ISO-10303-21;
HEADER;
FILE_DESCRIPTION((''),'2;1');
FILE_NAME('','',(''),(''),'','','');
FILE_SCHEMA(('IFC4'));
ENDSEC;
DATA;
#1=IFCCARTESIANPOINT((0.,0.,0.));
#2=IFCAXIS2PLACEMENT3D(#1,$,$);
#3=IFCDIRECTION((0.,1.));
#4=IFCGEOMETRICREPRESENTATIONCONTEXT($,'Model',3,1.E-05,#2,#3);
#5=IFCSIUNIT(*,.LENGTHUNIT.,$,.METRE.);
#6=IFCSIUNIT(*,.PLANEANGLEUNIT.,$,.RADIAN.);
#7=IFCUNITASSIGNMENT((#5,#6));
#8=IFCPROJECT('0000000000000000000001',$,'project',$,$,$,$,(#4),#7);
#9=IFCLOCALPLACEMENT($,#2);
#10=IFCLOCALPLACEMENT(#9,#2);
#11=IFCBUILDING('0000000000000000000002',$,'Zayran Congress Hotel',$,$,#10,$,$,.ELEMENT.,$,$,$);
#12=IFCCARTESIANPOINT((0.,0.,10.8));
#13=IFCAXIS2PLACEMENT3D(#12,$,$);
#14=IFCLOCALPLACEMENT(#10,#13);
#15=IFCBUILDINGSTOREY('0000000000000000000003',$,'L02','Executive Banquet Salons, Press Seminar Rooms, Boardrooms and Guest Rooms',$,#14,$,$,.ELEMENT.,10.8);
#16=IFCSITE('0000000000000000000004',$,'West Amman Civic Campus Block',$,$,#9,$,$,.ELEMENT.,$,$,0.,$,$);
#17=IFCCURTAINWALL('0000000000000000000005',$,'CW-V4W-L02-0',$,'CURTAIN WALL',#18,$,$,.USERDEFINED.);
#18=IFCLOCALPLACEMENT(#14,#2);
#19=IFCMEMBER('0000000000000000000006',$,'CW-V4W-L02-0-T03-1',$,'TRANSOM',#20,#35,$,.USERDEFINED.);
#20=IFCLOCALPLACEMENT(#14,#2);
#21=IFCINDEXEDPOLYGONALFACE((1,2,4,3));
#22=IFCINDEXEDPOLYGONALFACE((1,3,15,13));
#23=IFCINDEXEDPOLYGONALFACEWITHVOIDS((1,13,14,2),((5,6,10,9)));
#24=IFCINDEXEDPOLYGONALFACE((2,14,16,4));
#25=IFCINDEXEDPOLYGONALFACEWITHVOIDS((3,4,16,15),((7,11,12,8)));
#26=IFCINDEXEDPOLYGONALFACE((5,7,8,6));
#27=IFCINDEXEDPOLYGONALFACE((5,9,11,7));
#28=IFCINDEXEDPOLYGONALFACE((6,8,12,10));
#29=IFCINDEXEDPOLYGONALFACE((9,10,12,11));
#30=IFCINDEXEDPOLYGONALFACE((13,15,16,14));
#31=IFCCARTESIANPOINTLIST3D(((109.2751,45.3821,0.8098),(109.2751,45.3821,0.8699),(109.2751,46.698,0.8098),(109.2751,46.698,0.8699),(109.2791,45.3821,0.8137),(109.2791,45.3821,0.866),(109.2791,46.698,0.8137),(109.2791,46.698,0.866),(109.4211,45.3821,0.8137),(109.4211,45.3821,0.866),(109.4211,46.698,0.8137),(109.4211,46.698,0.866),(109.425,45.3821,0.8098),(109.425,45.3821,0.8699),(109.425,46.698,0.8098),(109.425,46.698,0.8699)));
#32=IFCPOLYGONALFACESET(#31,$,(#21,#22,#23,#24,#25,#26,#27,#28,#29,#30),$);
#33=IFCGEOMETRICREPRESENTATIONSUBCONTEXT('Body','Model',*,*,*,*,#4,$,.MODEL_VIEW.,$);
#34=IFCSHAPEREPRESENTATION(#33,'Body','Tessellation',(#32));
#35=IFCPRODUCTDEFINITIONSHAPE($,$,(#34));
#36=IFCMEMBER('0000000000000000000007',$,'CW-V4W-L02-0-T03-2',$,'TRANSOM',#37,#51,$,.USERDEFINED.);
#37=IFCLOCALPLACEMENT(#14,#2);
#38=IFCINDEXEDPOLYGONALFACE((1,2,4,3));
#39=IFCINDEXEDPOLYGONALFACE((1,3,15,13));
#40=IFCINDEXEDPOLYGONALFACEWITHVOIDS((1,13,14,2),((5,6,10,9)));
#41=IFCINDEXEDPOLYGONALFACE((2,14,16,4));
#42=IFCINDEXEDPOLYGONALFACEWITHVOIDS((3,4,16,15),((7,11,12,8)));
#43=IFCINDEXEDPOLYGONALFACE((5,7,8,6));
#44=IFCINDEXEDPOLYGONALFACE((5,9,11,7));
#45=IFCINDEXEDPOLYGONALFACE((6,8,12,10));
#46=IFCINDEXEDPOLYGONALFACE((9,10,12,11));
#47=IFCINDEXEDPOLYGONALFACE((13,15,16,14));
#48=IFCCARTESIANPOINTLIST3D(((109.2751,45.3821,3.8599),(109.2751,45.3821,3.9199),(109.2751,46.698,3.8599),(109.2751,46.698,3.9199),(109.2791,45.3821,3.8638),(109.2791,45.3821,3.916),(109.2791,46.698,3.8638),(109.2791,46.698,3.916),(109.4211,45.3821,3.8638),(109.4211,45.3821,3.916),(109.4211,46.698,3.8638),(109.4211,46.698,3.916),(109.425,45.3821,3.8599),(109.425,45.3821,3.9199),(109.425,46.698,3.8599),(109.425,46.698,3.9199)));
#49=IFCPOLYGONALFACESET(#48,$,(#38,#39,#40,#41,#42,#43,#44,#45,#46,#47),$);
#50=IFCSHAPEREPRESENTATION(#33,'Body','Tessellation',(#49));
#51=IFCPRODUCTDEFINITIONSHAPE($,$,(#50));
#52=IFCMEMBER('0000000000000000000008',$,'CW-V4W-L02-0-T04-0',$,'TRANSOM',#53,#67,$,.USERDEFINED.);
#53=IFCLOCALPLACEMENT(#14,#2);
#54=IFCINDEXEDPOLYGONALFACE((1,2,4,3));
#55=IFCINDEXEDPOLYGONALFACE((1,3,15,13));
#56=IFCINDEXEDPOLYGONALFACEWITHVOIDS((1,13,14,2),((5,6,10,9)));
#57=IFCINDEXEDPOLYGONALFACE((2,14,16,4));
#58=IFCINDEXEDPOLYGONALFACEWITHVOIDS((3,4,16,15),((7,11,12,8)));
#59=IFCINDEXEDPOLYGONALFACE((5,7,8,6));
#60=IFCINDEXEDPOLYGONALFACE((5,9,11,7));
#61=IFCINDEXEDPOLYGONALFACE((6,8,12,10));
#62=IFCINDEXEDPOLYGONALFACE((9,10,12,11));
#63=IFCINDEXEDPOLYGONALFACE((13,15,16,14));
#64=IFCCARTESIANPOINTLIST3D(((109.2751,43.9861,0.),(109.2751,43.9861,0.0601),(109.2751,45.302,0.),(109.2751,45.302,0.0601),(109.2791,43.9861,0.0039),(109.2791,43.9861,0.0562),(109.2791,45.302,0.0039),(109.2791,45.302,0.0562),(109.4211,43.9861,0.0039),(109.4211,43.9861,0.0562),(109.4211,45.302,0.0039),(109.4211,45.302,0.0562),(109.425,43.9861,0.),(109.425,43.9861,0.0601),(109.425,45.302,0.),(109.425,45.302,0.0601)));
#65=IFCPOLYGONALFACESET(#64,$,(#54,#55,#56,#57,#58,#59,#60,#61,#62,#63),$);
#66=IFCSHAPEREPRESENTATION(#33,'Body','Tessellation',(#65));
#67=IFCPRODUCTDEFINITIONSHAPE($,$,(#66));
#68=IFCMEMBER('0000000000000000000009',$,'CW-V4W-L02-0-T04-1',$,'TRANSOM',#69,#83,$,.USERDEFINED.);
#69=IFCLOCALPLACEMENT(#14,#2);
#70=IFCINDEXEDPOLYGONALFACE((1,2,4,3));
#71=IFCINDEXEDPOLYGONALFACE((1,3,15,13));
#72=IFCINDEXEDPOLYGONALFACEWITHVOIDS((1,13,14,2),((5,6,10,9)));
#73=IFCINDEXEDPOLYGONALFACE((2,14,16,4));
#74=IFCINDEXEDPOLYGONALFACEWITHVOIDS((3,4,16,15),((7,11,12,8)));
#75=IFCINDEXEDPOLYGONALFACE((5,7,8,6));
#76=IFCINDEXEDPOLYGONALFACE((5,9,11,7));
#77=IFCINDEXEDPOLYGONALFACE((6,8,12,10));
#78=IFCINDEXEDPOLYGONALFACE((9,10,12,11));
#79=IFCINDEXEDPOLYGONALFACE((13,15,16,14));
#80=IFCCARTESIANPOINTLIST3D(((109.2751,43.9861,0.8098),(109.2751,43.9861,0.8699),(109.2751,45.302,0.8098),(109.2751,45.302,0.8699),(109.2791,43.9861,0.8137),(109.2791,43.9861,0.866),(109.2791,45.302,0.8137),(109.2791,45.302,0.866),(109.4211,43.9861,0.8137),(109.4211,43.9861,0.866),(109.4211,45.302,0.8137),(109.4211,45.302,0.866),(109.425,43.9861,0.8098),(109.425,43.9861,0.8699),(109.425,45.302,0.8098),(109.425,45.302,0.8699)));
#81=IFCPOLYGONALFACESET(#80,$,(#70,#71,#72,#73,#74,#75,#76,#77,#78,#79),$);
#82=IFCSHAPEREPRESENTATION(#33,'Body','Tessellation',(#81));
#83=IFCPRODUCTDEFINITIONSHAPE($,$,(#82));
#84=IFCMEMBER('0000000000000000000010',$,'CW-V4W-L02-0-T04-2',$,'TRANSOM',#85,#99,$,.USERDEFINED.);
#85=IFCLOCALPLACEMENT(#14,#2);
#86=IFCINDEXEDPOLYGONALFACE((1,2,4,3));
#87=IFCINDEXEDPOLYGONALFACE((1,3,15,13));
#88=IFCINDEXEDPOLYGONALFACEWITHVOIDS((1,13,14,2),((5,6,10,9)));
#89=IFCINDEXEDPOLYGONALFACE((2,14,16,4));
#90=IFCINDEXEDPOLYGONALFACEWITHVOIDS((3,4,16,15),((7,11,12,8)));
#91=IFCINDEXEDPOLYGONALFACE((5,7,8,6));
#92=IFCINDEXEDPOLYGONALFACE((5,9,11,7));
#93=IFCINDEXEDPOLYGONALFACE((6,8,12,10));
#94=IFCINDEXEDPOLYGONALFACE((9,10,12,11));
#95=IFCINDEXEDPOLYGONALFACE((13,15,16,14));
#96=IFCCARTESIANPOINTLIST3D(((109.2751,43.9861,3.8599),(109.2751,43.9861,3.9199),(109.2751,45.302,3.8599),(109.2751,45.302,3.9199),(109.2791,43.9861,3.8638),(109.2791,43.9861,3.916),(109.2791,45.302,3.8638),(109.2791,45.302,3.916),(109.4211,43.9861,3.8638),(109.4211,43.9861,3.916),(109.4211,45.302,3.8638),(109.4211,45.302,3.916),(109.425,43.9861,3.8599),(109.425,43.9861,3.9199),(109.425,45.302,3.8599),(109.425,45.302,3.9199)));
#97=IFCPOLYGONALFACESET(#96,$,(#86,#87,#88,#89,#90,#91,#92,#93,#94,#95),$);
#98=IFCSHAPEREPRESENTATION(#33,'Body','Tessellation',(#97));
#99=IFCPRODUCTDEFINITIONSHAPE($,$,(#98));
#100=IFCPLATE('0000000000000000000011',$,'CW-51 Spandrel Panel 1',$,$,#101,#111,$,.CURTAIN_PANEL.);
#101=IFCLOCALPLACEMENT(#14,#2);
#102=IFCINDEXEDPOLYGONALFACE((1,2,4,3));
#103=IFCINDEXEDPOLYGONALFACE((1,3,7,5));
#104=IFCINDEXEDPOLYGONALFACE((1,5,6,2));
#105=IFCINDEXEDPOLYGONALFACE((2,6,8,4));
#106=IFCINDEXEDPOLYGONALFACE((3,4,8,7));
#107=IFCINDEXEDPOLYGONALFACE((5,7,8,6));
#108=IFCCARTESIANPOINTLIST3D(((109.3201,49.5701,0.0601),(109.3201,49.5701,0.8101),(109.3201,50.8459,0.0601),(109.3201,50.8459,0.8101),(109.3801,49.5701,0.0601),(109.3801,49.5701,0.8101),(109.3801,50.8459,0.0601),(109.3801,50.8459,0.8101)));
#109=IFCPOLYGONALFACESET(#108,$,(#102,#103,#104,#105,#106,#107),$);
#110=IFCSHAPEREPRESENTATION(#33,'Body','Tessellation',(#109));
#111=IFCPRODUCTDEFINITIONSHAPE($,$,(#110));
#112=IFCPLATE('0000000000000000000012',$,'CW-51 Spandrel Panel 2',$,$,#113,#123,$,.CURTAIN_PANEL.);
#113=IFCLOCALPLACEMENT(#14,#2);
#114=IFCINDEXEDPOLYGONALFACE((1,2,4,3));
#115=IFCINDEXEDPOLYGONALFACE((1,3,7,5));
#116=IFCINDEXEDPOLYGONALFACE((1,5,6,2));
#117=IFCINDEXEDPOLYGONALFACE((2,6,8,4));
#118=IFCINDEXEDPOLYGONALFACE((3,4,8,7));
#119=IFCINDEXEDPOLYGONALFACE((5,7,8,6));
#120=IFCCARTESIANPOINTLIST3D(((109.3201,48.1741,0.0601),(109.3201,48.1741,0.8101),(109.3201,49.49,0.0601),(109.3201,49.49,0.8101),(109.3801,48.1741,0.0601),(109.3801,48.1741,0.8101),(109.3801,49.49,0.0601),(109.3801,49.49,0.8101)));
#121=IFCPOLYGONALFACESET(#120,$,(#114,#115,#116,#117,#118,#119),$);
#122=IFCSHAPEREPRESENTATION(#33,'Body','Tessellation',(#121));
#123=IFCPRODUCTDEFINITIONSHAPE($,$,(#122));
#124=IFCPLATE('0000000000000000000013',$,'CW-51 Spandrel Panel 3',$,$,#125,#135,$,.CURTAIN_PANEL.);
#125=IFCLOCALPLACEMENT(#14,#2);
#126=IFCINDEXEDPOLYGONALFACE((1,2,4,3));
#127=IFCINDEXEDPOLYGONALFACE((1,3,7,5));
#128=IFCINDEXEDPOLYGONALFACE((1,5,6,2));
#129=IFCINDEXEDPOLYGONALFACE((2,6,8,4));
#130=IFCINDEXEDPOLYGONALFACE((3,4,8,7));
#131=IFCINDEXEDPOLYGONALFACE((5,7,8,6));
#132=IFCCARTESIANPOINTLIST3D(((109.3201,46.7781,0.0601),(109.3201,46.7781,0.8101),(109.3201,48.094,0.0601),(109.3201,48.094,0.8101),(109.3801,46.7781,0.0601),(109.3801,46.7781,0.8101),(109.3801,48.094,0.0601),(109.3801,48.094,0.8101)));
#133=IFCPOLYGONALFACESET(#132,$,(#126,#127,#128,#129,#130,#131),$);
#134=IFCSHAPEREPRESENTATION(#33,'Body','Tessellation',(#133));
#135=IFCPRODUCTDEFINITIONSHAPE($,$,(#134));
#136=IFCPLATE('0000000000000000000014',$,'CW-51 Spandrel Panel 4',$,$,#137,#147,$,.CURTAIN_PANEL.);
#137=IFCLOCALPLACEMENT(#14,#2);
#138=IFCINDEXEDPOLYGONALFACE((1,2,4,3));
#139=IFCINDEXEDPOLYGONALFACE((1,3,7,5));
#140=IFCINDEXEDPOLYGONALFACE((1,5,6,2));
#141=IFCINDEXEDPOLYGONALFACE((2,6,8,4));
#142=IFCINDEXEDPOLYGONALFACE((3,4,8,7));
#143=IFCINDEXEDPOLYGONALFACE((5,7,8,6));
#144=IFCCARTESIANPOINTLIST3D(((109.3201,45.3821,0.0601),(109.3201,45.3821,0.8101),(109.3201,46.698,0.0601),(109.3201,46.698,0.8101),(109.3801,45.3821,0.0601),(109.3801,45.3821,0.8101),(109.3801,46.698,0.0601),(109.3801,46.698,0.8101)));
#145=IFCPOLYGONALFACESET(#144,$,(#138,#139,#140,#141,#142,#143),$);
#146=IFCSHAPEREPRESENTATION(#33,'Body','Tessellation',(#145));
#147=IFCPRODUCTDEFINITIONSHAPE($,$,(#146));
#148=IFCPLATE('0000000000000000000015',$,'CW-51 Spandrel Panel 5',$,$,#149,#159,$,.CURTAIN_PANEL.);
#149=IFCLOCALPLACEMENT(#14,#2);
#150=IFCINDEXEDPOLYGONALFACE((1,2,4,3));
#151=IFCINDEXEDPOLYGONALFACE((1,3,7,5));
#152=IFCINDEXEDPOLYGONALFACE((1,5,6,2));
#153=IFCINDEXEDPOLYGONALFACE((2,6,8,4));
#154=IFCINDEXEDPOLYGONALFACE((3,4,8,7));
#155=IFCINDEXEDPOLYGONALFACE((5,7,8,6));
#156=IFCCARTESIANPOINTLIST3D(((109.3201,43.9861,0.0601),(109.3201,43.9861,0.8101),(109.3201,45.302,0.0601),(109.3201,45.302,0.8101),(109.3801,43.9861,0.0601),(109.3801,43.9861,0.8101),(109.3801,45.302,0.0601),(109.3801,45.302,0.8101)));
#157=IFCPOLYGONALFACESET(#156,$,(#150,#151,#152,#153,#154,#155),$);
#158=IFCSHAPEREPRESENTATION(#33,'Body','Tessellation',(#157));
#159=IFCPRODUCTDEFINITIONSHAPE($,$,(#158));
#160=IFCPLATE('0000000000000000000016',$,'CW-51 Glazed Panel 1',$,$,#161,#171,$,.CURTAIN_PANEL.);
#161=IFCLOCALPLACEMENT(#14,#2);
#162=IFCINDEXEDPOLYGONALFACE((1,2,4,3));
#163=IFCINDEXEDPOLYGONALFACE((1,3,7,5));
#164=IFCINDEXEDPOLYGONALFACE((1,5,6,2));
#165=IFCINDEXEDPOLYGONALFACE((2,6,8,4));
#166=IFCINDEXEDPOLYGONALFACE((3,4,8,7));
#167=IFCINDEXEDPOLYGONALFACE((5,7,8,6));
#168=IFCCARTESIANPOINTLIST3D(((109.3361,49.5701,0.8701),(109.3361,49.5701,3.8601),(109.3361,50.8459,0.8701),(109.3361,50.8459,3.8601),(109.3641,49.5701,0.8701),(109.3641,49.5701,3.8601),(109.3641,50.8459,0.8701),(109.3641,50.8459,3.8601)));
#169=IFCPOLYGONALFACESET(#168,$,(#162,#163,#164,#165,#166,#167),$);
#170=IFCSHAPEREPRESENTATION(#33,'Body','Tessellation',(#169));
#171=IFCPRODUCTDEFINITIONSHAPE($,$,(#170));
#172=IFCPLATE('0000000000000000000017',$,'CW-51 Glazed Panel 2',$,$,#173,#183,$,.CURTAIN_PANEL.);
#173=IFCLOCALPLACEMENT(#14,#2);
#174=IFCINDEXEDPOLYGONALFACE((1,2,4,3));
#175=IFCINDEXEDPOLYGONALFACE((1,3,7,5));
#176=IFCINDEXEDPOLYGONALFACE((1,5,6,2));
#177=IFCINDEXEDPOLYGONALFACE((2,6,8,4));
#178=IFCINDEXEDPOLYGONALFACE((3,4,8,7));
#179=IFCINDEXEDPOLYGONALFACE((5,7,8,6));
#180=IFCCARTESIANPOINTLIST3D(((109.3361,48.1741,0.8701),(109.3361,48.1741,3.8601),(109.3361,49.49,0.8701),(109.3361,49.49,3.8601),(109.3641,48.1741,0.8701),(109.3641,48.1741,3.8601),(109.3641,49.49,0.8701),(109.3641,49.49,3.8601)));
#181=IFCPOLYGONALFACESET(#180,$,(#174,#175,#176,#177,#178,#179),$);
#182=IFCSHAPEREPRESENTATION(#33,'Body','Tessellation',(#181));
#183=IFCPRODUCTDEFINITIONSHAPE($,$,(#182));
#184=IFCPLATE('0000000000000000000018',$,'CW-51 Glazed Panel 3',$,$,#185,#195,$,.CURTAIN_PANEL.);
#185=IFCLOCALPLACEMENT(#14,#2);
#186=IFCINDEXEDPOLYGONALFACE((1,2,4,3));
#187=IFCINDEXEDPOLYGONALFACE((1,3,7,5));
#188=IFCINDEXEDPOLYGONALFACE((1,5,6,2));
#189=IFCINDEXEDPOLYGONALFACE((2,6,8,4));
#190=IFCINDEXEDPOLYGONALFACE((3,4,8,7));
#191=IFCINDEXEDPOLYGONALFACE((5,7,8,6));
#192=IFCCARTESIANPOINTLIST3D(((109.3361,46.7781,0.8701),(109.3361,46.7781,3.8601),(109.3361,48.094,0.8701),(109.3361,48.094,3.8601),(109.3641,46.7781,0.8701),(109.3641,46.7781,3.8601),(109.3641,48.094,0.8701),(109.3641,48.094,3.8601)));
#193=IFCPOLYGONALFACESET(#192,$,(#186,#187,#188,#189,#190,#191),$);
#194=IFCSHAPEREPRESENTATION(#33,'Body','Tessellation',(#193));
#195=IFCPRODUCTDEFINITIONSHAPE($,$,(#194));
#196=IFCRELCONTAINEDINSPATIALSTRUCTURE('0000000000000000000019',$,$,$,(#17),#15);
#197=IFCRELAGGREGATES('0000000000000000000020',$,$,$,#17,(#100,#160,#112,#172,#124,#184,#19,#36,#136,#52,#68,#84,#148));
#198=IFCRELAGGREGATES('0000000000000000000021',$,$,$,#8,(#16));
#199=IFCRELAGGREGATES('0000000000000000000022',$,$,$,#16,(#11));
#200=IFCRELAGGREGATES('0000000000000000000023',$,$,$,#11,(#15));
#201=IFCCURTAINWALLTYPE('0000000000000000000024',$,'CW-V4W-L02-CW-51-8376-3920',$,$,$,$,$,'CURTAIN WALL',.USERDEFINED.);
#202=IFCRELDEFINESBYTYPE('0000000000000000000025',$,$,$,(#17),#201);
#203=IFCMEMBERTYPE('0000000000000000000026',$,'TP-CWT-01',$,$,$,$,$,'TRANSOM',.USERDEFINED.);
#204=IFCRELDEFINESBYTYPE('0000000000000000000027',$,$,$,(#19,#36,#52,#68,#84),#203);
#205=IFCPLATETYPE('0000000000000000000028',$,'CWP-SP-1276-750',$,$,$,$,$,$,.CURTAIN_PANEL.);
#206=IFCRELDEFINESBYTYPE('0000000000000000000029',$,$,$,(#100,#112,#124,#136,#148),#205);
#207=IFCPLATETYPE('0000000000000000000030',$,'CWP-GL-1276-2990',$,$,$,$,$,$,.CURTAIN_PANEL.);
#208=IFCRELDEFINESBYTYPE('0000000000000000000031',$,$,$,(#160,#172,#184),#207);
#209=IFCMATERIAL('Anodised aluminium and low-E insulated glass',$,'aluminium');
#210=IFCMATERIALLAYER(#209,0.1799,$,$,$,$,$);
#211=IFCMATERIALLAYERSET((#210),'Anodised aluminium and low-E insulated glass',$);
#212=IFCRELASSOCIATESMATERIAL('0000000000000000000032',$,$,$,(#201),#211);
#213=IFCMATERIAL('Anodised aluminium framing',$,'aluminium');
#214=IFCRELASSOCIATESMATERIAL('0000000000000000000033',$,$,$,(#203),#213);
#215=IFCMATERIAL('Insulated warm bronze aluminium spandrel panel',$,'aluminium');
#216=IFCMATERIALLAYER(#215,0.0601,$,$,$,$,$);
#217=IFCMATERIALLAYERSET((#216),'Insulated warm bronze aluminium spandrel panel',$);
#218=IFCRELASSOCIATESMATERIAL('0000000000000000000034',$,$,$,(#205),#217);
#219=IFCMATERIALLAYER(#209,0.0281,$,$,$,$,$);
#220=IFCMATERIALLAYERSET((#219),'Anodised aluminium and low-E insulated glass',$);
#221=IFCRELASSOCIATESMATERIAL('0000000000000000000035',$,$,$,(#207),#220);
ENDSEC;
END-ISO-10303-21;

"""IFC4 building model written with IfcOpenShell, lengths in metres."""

from ifc_helpers import new_model, si_unit, direction, frame, origin, origin_2d, place, context, subcontext, project, spatial, rectangle, hollow_rectangle, extrude, material, layer, layer_set, material_profile, profile_set, type_object, element, aggregate, save


model = new_model("IFC4")

# Units and contexts
model_context = context("Model", 3, precision=1e-05, world=origin(), true_north=direction((0.0, 1.0)))
body_context = subcontext(model_context, "Body", "Model", "MODEL_VIEW")
ifc_project = project(units=[si_unit("LENGTHUNIT", "METRE"), si_unit("PLANEANGLEUNIT", "RADIAN")], contexts=[model_context])

# Site, building, storey
site_placement = place(None, origin())
site = spatial("IfcSite", under=ifc_project, at=site_placement, Name="West Amman Civic Campus Block", CompositionType="ELEMENT", RefElevation=0.0)
building_placement = place(site_placement, origin())
building = spatial("IfcBuilding", under=site, at=building_placement, Name="Zayran Congress Hotel", CompositionType="ELEMENT")
storey_placement = place(building_placement, frame((0.0, 0.0, 10.8)))
storey = spatial("IfcBuildingStorey", under=building, at=storey_placement, Name="L02", Description="Executive Banquet Salons, Press Seminar Rooms, Boardrooms and Guest Rooms", CompositionType="ELEMENT", Elevation=10.8)

# Curtain wall, members, plates
ifc_material_1 = material(Name="Anodised aluminium and low-E insulated glass", Category="aluminium")
ifc_layer_1 = layer(ifc_material_1, 0.1799)
ifc_layer_set_1 = layer_set([ifc_layer_1], Name="Anodised aluminium and low-E insulated glass")
curtain_wall_type = type_object("IfcCurtainWallType", Name="CW-V4W-L02-CW-51-8376-3920", ElementType="CURTAIN WALL", PredefinedType="USERDEFINED", material=ifc_layer_set_1)
curtain_wall_placement = place(storey_placement, origin())
curtain_wall = element("IfcCurtainWall", 1, at=curtain_wall_placement, inside=storey, type_object=curtain_wall_type, Name="CW-V4W-L02-0", ObjectType="CURTAIN WALL", PredefinedType="USERDEFINED")
ifc_material_2 = material(Name="Anodised aluminium framing", Category="aluminium")
ifc_material_profile_1 = material_profile(ifc_material_2, hollow_rectangle(XDim=0.0601, YDim=0.1499, WallThickness=0.0039, at=origin_2d()), Name="RHS 150x60x4")
ifc_profile_set_1 = profile_set([ifc_material_profile_1], Name="Anodised aluminium framing")
member_type_1 = type_object("IfcMemberType", Name="TP-CWT-01", ElementType="TRANSOM", PredefinedType="USERDEFINED", material=ifc_profile_set_1)
member_1_placement = place(storey_placement, frame((109.3501, 46.698, 0.8398), z_axis=(0.0, -1.0, 0.0), x_axis=(0.0, 0.0, 1.0)))
member_1 = element("IfcMember", 2, at=member_1_placement, type_object=member_type_1, Name="CW-V4W-L02-0-T03-1", ObjectType="TRANSOM", PredefinedType="USERDEFINED", context=body_context, shape_type="SweptSolid", body=[
    extrude(hollow_rectangle(XDim=0.0601, YDim=0.1499, WallThickness=0.0039, at=origin_2d()), origin(), (0.0, 0.0, 1.0), 1.3159),
])
member_2_placement = place(storey_placement, frame((109.3501, 46.698, 3.8899), z_axis=(0.0, -1.0, 0.0), x_axis=(0.0, 0.0, 1.0)))
member_2 = element("IfcMember", 3, at=member_2_placement, type_object=member_type_1, Name="CW-V4W-L02-0-T03-2", ObjectType="TRANSOM", PredefinedType="USERDEFINED", context=body_context, shape_type="SweptSolid", body=[
    extrude(hollow_rectangle(XDim=0.0601, YDim=0.1499, WallThickness=0.0039, at=origin_2d()), origin(), (0.0, 0.0, 1.0), 1.3159),
])
member_3_placement = place(storey_placement, frame((109.3501, 45.302, 0.03), z_axis=(0.0, -1.0, 0.0), x_axis=(0.0, 0.0, 1.0)))
member_3 = element("IfcMember", 4, at=member_3_placement, type_object=member_type_1, Name="CW-V4W-L02-0-T04-0", ObjectType="TRANSOM", PredefinedType="USERDEFINED", context=body_context, shape_type="SweptSolid", body=[
    extrude(hollow_rectangle(XDim=0.0601, YDim=0.1499, WallThickness=0.0039, at=origin_2d()), origin(), (0.0, 0.0, 1.0), 1.3159),
])
member_4_placement = place(storey_placement, frame((109.3501, 45.302, 0.8398), z_axis=(0.0, -1.0, 0.0), x_axis=(0.0, 0.0, 1.0)))
member_4 = element("IfcMember", 5, at=member_4_placement, type_object=member_type_1, Name="CW-V4W-L02-0-T04-1", ObjectType="TRANSOM", PredefinedType="USERDEFINED", context=body_context, shape_type="SweptSolid", body=[
    extrude(hollow_rectangle(XDim=0.0601, YDim=0.1499, WallThickness=0.0039, at=origin_2d()), origin(), (0.0, 0.0, 1.0), 1.3159),
])
member_5_placement = place(storey_placement, frame((109.3501, 45.302, 3.8899), z_axis=(0.0, -1.0, 0.0), x_axis=(0.0, 0.0, 1.0)))
member_5 = element("IfcMember", 6, at=member_5_placement, type_object=member_type_1, Name="CW-V4W-L02-0-T04-2", ObjectType="TRANSOM", PredefinedType="USERDEFINED", context=body_context, shape_type="SweptSolid", body=[
    extrude(hollow_rectangle(XDim=0.0601, YDim=0.1499, WallThickness=0.0039, at=origin_2d()), origin(), (0.0, 0.0, 1.0), 1.3159),
])
ifc_material_3 = material(Name="Insulated warm bronze aluminium spandrel panel", Category="aluminium")
ifc_layer_2 = layer(ifc_material_3, 0.0601)
ifc_layer_set_2 = layer_set([ifc_layer_2], Name="Insulated warm bronze aluminium spandrel panel")
plate_type_1 = type_object("IfcPlateType", Name="CWP-SP-1276-750", PredefinedType="CURTAIN_PANEL", material=ifc_layer_set_2)
plate_1_placement = place(storey_placement, frame((109.3501, 50.208, 0.0601), z_axis=(0.0, 0.0, 1.0), x_axis=(0.0, 1.0, 0.0)))
plate_1 = element("IfcPlate", 7, at=plate_1_placement, type_object=plate_type_1, Name="CW-51 Spandrel Panel 1", PredefinedType="CURTAIN_PANEL", context=body_context, shape_type="SweptSolid", body=[
    extrude(rectangle(XDim=1.2759, YDim=0.0601, at=origin_2d()), origin(), (0.0, 0.0, 1.0), 0.75),
])
plate_2_placement = place(storey_placement, frame((109.3501, 48.832, 0.0601), z_axis=(0.0, 0.0, 1.0), x_axis=(0.0, 1.0, 0.0)))
plate_2 = element("IfcPlate", 8, at=plate_2_placement, type_object=plate_type_1, Name="CW-51 Spandrel Panel 2", PredefinedType="CURTAIN_PANEL", context=body_context, shape_type="SweptSolid", body=[
    extrude(rectangle(XDim=1.3159, YDim=0.0601, at=origin_2d()), origin(), (0.0, 0.0, 1.0), 0.75),
])
plate_3_placement = place(storey_placement, frame((109.3501, 47.436, 0.0601), z_axis=(0.0, 0.0, 1.0), x_axis=(0.0, 1.0, 0.0)))
plate_3 = element("IfcPlate", 9, at=plate_3_placement, type_object=plate_type_1, Name="CW-51 Spandrel Panel 3", PredefinedType="CURTAIN_PANEL", context=body_context, shape_type="SweptSolid", body=[
    extrude(rectangle(XDim=1.3159, YDim=0.0601, at=origin_2d()), origin(), (0.0, 0.0, 1.0), 0.75),
])
plate_4_placement = place(storey_placement, frame((109.3501, 46.04, 0.0601), z_axis=(0.0, 0.0, 1.0), x_axis=(0.0, 1.0, 0.0)))
plate_4 = element("IfcPlate", 10, at=plate_4_placement, type_object=plate_type_1, Name="CW-51 Spandrel Panel 4", PredefinedType="CURTAIN_PANEL", context=body_context, shape_type="SweptSolid", body=[
    extrude(rectangle(XDim=1.3159, YDim=0.0601, at=origin_2d()), origin(), (0.0, 0.0, 1.0), 0.75),
])
plate_5_placement = place(storey_placement, frame((109.3501, 44.644, 0.0601), z_axis=(0.0, 0.0, 1.0), x_axis=(0.0, 1.0, 0.0)))
plate_5 = element("IfcPlate", 11, at=plate_5_placement, type_object=plate_type_1, Name="CW-51 Spandrel Panel 5", PredefinedType="CURTAIN_PANEL", context=body_context, shape_type="SweptSolid", body=[
    extrude(rectangle(XDim=1.3159, YDim=0.0601, at=origin_2d()), origin(), (0.0, 0.0, 1.0), 0.75),
])
ifc_layer_3 = layer(ifc_material_1, 0.0281)
ifc_layer_set_3 = layer_set([ifc_layer_3], Name="Anodised aluminium and low-E insulated glass")
plate_type_2 = type_object("IfcPlateType", Name="CWP-GL-1276-2990", PredefinedType="CURTAIN_PANEL", material=ifc_layer_set_3)
plate_6_placement = place(storey_placement, frame((109.3501, 50.208, 0.8701), z_axis=(0.0, 0.0, 1.0), x_axis=(0.0, 1.0, 0.0)))
plate_6 = element("IfcPlate", 12, at=plate_6_placement, type_object=plate_type_2, Name="CW-51 Glazed Panel 1", PredefinedType="CURTAIN_PANEL", context=body_context, shape_type="SweptSolid", body=[
    extrude(rectangle(XDim=1.2759, YDim=0.0281, at=origin_2d()), origin(), (0.0, 0.0, 1.0), 2.99),
])
plate_7_placement = place(storey_placement, frame((109.3501, 48.832, 0.8701), z_axis=(0.0, 0.0, 1.0), x_axis=(0.0, 1.0, 0.0)))
plate_7 = element("IfcPlate", 13, at=plate_7_placement, type_object=plate_type_2, Name="CW-51 Glazed Panel 2", PredefinedType="CURTAIN_PANEL", context=body_context, shape_type="SweptSolid", body=[
    extrude(rectangle(XDim=1.3159, YDim=0.0281, at=origin_2d()), origin(), (0.0, 0.0, 1.0), 2.99),
])
plate_8_placement = place(storey_placement, frame((109.3501, 47.436, 0.8701), z_axis=(0.0, 0.0, 1.0), x_axis=(0.0, 1.0, 0.0)))
plate_8 = element("IfcPlate", 14, at=plate_8_placement, type_object=plate_type_2, Name="CW-51 Glazed Panel 3", PredefinedType="CURTAIN_PANEL", context=body_context, shape_type="SweptSolid", body=[
    extrude(rectangle(XDim=1.3159, YDim=0.0281, at=origin_2d()), origin(), (0.0, 0.0, 1.0), 2.99),
])
aggregate(curtain_wall, [plate_1, plate_6, plate_2, plate_7, plate_3, plate_8, member_1, member_2, plate_4, member_3, member_4, member_5, plate_5])

save(model, "model.ifc")
